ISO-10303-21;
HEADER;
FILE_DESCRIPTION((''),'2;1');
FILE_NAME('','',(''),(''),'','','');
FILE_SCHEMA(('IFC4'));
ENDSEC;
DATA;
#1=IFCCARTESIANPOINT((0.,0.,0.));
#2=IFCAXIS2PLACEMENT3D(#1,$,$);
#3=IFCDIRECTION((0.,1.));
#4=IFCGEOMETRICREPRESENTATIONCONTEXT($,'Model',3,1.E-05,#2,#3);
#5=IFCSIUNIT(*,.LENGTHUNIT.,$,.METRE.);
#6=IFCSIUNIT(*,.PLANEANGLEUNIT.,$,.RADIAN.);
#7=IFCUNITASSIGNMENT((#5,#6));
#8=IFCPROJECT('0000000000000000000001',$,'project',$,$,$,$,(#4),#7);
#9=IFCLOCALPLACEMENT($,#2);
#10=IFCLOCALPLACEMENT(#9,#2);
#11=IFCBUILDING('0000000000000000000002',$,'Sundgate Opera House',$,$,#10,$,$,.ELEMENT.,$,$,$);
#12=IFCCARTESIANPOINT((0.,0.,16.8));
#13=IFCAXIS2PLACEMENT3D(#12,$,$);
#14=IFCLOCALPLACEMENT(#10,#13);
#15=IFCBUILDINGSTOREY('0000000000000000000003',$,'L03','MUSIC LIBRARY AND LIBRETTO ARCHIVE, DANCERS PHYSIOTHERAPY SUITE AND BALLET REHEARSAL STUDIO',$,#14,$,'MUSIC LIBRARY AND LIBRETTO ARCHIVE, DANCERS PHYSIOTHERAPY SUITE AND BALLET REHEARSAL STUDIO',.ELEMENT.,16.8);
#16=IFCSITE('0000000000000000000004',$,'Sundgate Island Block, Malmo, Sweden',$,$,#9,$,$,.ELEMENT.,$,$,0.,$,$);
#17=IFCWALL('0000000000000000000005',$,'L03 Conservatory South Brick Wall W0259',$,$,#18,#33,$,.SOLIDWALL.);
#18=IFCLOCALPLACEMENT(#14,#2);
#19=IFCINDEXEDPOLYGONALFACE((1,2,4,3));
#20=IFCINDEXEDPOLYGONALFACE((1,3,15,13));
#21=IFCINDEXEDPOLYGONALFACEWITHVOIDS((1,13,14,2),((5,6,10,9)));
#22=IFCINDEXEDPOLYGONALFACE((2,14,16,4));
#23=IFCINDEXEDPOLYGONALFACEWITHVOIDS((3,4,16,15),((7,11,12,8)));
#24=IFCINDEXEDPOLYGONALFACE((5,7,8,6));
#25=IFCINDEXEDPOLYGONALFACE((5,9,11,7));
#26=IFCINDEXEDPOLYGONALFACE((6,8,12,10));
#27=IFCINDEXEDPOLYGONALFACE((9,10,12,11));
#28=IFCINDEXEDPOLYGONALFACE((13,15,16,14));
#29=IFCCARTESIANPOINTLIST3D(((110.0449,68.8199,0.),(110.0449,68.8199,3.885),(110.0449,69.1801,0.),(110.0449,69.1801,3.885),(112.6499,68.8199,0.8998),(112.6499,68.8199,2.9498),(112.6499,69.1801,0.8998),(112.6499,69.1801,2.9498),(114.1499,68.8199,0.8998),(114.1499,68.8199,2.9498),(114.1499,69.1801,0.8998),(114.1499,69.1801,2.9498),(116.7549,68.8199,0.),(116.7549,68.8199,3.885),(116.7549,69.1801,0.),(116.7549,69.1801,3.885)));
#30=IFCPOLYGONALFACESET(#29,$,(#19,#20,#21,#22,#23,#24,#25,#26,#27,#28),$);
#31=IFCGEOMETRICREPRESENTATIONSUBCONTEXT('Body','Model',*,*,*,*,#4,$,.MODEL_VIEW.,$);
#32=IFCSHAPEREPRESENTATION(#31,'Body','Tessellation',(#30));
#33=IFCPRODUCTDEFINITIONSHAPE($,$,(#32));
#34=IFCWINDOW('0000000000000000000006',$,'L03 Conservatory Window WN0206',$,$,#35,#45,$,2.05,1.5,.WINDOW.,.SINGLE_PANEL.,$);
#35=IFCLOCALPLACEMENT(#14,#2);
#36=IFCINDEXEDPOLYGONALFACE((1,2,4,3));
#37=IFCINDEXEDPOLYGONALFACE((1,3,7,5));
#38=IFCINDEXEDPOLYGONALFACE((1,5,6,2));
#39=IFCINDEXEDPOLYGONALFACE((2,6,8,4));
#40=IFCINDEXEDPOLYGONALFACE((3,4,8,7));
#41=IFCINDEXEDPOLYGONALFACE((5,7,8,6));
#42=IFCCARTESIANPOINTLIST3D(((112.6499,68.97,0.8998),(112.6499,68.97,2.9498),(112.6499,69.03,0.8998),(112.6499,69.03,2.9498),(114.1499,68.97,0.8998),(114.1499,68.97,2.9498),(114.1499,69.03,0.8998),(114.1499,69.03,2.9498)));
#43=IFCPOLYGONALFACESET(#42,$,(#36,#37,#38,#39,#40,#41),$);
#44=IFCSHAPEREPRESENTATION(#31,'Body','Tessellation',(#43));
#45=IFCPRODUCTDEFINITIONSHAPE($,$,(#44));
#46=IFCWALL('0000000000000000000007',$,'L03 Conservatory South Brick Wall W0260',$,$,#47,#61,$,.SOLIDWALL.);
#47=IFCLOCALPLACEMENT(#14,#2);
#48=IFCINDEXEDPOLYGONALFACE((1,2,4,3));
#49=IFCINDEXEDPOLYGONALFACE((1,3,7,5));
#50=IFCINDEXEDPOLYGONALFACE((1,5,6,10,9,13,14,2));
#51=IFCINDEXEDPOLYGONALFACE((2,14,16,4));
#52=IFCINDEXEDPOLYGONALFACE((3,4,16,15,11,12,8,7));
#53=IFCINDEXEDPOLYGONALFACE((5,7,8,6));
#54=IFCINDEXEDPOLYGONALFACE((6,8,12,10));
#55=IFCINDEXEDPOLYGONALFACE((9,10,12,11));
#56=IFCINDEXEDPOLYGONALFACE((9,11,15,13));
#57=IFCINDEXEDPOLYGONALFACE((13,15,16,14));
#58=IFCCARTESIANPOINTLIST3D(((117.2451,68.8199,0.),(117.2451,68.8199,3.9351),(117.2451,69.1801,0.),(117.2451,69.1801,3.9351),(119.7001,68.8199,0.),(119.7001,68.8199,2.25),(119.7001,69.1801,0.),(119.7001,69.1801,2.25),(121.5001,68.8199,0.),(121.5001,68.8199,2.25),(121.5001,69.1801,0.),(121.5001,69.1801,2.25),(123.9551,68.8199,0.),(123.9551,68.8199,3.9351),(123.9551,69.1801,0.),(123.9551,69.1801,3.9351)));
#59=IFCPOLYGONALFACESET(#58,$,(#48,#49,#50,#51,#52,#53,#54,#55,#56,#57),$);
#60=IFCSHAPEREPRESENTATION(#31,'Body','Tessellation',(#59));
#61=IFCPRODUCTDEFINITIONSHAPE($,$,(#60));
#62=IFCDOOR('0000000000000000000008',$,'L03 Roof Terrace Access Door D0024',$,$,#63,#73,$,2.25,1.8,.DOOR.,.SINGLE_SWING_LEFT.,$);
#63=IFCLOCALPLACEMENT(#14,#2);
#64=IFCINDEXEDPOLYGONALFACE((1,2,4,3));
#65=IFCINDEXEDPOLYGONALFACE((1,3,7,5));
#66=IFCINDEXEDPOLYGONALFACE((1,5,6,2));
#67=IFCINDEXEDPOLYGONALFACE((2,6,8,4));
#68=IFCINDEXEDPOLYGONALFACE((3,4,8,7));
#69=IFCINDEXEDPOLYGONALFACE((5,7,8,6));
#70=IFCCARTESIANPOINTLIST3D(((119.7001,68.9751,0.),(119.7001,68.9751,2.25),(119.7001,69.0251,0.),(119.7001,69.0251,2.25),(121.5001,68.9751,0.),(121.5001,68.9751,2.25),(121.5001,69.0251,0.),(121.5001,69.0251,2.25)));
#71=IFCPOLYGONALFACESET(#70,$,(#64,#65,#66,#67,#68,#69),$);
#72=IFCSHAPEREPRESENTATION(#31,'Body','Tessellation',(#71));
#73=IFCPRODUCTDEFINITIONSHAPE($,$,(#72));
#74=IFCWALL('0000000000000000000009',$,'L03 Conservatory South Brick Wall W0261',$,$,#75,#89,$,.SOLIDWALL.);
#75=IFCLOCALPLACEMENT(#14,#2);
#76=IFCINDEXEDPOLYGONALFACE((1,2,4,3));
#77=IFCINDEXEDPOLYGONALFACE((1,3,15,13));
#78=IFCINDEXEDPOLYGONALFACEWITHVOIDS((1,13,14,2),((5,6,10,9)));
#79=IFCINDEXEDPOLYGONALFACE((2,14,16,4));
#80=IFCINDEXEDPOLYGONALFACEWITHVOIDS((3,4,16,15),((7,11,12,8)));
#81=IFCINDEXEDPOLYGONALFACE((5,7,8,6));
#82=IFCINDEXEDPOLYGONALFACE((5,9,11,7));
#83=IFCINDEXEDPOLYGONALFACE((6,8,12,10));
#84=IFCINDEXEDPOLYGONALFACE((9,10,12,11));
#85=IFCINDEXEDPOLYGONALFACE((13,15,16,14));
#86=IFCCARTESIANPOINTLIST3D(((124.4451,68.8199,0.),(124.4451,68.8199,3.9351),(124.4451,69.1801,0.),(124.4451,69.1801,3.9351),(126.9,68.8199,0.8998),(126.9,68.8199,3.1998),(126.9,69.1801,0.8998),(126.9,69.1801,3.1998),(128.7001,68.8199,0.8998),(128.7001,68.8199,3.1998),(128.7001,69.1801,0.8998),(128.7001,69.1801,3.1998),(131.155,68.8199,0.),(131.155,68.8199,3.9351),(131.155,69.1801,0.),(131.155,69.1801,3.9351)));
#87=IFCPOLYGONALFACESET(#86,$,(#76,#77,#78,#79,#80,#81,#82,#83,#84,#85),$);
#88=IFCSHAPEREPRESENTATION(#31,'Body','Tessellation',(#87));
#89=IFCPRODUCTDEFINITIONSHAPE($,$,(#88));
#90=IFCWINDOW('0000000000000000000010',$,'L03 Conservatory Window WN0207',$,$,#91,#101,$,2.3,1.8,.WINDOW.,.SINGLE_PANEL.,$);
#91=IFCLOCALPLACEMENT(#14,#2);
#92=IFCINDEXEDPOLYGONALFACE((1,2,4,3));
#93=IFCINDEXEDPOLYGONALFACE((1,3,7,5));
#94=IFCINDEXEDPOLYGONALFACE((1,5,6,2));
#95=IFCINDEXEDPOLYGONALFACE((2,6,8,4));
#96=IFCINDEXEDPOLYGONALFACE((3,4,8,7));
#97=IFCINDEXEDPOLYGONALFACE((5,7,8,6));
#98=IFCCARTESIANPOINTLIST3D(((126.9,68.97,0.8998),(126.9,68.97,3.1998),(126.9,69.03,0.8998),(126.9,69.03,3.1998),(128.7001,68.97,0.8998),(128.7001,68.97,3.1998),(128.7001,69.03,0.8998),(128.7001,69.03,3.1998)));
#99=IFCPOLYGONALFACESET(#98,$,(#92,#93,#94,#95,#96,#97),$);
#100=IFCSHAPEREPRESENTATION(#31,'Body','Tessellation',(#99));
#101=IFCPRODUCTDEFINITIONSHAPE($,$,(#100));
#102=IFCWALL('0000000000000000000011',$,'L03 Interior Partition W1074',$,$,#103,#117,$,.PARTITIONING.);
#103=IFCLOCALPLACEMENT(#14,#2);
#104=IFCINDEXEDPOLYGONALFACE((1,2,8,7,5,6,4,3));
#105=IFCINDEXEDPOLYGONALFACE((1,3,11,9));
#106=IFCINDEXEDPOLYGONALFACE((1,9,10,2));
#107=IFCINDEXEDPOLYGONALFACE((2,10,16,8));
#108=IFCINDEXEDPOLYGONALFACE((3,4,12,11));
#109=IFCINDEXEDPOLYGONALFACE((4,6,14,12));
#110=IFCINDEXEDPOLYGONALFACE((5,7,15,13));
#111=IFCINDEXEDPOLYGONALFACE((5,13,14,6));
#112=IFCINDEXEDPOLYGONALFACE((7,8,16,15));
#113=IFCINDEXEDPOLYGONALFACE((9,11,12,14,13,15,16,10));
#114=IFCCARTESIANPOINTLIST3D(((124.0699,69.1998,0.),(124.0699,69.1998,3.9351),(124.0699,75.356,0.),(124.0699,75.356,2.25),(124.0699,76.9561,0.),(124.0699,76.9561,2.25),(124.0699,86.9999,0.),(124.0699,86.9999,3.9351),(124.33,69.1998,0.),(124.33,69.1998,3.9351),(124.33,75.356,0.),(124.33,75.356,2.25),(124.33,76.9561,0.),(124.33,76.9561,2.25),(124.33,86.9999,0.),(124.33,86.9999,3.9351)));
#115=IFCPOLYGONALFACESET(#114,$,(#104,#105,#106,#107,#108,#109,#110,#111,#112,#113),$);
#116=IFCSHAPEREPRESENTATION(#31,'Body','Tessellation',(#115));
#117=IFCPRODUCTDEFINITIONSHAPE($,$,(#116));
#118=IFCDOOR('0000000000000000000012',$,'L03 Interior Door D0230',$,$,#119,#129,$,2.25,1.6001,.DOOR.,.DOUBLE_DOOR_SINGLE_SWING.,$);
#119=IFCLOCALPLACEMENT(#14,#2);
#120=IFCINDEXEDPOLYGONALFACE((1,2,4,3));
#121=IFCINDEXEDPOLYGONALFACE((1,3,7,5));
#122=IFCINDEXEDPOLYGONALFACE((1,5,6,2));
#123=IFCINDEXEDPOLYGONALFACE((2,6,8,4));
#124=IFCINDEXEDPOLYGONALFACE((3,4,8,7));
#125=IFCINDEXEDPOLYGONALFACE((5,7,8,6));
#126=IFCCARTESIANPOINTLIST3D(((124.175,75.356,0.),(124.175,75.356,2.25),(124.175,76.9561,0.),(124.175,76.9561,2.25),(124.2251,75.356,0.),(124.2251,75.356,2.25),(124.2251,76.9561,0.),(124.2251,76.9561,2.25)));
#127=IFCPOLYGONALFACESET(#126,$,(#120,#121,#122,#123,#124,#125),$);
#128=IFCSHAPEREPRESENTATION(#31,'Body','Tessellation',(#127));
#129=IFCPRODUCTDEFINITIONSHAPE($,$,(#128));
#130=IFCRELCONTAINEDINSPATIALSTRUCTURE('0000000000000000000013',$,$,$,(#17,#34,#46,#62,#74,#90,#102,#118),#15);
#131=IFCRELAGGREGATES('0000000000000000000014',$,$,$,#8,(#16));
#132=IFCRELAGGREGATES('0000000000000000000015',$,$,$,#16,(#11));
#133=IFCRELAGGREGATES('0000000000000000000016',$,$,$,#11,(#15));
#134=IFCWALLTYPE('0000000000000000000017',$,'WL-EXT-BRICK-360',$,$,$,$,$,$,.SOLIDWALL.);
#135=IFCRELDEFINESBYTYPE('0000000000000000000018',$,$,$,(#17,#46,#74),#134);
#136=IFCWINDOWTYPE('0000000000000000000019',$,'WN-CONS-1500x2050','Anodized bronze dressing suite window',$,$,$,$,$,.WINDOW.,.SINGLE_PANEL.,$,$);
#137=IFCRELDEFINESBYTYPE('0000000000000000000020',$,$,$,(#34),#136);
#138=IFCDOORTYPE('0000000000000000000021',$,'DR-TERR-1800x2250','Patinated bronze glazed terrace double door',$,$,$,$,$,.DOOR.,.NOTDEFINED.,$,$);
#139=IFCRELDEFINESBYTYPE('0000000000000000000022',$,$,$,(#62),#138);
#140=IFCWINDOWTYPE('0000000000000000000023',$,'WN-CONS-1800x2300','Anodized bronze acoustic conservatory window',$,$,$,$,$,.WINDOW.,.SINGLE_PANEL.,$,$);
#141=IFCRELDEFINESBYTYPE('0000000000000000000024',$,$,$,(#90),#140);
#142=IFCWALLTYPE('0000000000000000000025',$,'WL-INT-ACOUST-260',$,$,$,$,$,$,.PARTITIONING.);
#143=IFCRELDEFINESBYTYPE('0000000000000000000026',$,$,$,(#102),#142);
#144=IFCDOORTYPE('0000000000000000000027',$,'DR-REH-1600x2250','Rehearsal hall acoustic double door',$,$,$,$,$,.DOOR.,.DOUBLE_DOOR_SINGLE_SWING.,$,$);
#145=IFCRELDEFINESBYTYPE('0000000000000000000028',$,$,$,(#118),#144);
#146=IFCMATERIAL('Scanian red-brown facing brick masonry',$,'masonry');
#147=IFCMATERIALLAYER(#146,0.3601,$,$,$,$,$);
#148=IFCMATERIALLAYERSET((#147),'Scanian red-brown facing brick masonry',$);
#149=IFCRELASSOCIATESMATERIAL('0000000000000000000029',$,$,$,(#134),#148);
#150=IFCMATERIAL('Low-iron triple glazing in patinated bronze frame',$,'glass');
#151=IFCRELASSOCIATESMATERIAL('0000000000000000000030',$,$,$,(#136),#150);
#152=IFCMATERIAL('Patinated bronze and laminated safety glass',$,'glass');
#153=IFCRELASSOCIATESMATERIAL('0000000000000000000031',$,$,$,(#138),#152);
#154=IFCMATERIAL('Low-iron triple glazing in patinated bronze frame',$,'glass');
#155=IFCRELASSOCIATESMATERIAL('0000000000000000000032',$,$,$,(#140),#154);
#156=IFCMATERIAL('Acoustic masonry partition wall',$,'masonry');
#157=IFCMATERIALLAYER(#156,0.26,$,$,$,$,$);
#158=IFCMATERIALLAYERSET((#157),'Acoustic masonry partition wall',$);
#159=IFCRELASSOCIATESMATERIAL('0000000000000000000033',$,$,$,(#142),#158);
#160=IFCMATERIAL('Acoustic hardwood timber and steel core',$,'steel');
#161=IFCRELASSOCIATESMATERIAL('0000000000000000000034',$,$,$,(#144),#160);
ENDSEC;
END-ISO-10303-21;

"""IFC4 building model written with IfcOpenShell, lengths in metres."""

from ifc_helpers import new_model, si_unit, direction, frame, frame_2d, origin, place, context, subcontext, project, spatial, rectangle, extrude, material, layer, layer_set, type_object, element, fill, save


model = new_model("IFC4")

# Units and contexts
model_context = context("Model", 3, precision=1e-05, world=origin(), true_north=direction((0.0, 1.0)))
body_context = subcontext(model_context, "Body", "Model", "MODEL_VIEW")
ifc_project = project(units=[si_unit("LENGTHUNIT", "METRE"), si_unit("PLANEANGLEUNIT", "RADIAN")], contexts=[model_context])

# Site, building, storey
site_placement = place(None, origin())
site = spatial("IfcSite", under=ifc_project, at=site_placement, Name="Sundgate Island Block, Malmo, Sweden", CompositionType="ELEMENT", RefElevation=0.0)
building_placement = place(site_placement, origin())
building = spatial("IfcBuilding", under=site, at=building_placement, Name="Sundgate Opera House", CompositionType="ELEMENT")
storey_placement = place(building_placement, frame((0.0, 0.0, 16.8)))
storey = spatial("IfcBuildingStorey", under=building, at=storey_placement, Name="L03", Description="MUSIC LIBRARY AND LIBRETTO ARCHIVE, DANCERS PHYSIOTHERAPY SUITE AND BALLET REHEARSAL STUDIO", LongName="MUSIC LIBRARY AND LIBRETTO ARCHIVE, DANCERS PHYSIOTHERAPY SUITE AND BALLET REHEARSAL STUDIO", CompositionType="ELEMENT", Elevation=16.8)

# Wall, opening, window
ifc_material_1 = material(Name="Scanian red-brown facing brick masonry", Category="masonry")
ifc_layer_1 = layer(ifc_material_1, 0.3601)
ifc_layer_set_1 = layer_set([ifc_layer_1], Name="Scanian red-brown facing brick masonry")
wall_type_1 = type_object("IfcWallType", Name="WL-EXT-BRICK-360", PredefinedType="SOLIDWALL", material=ifc_layer_set_1)
wall_1_placement = place(storey_placement, frame((116.7549, 69.0, 0.0), z_axis=(0.0, 0.0, 1.0), x_axis=(-1.0, 0.0, 0.0)))
wall_1 = element("IfcWall", 1, at=wall_1_placement, inside=storey, type_object=wall_type_1, Name="L03 Conservatory South Brick Wall W0259", PredefinedType="SOLIDWALL", context=body_context, shape_type="SweptSolid", body=[
    extrude(rectangle(XDim=6.71, YDim=0.3601, at=frame_2d((3.355, 0.0))), origin(), (0.0, 0.0, 1.0), 3.885),
])
opening_1_placement = place(wall_1_placement, frame((2.605, 0.0, 0.8999)))
opening_1 = element("IfcOpeningElement", 2, at=opening_1_placement, cuts=wall_1, PredefinedType="OPENING", context=body_context, shape_type="SweptSolid", body=[
    extrude(rectangle(XDim=1.5, YDim=2.05, at=frame_2d((0.75, 1.0249))), frame((0.0, 0.1899, 0.0), z_axis=(0.0, -1.0, 0.0), x_axis=(1.0, 0.0, 0.0)), (0.0, 0.0, 1.0), 0.3801),
])
ifc_material_2 = material(Name="Low-iron triple glazing in patinated bronze frame", Category="glass")
window_type_1 = type_object("IfcWindowType", Name="WN-CONS-1500x2050", Description="Anodized bronze dressing suite window", PartitioningType="SINGLE_PANEL", PredefinedType="WINDOW", material=ifc_material_2)
window_1_placement = place(opening_1_placement, origin())
window_1 = element("IfcWindow", 3, at=window_1_placement, inside=storey, type_object=window_type_1, Name="L03 Conservatory Window WN0206", OverallHeight=2.05, OverallWidth=1.5, PartitioningType="SINGLE_PANEL", PredefinedType="WINDOW", context=body_context, shape_type="SweptSolid", body=[
    extrude(rectangle(XDim=1.5, YDim=2.05, at=frame_2d((0.75, 1.0249))), frame((0.0, 0.03, 0.0), z_axis=(0.0, -1.0, 0.0), x_axis=(1.0, 0.0, 0.0)), (0.0, 0.0, 1.0), 0.0601),
])
fill(opening_1, window_1)

# Wall, opening, door
wall_2_placement = place(storey_placement, frame((123.9551, 69.0, 0.0), z_axis=(0.0, 0.0, 1.0), x_axis=(-1.0, 0.0, 0.0)))
wall_2 = element("IfcWall", 4, at=wall_2_placement, inside=storey, type_object=wall_type_1, Name="L03 Conservatory South Brick Wall W0260", PredefinedType="SOLIDWALL", context=body_context, shape_type="SweptSolid", body=[
    extrude(rectangle(XDim=6.71, YDim=0.3601, at=frame_2d((3.355, 0.0))), origin(), (0.0, 0.0, 1.0), 3.9351),
])
opening_2_placement = place(wall_2_placement, frame((2.4551, 0.0, 0.0)))
opening_2 = element("IfcOpeningElement", 5, at=opening_2_placement, cuts=wall_2, PredefinedType="OPENING", context=body_context, shape_type="SweptSolid", body=[
    extrude(rectangle(XDim=1.8, YDim=2.25, at=frame_2d((0.8999, 1.125))), frame((0.0, 0.1899, 0.0), z_axis=(0.0, -1.0, 0.0), x_axis=(1.0, 0.0, 0.0)), (0.0, 0.0, 1.0), 0.3801),
])
ifc_material_3 = material(Name="Patinated bronze and laminated safety glass", Category="glass")
door_type_1 = type_object("IfcDoorType", Name="DR-TERR-1800x2250", Description="Patinated bronze glazed terrace double door", OperationType="NOTDEFINED", PredefinedType="DOOR", material=ifc_material_3)
door_1_placement = place(opening_2_placement, origin())
door_1 = element("IfcDoor", 6, at=door_1_placement, inside=storey, type_object=door_type_1, Name="L03 Roof Terrace Access Door D0024", OperationType="SINGLE_SWING_LEFT", OverallHeight=2.25, OverallWidth=1.8, PredefinedType="DOOR", context=body_context, shape_type="SweptSolid", body=[
    extrude(rectangle(XDim=1.8, YDim=2.25, at=frame_2d((0.8999, 1.125))), frame((0.0, 0.0249, 0.0), z_axis=(0.0, -1.0, 0.0), x_axis=(1.0, 0.0, 0.0)), (0.0, 0.0, 1.0), 0.05),
])
fill(opening_2, door_1)

# Wall, opening, window
wall_3_placement = place(storey_placement, frame((131.155, 69.0, 0.0), z_axis=(0.0, 0.0, 1.0), x_axis=(-1.0, 0.0, 0.0)))
wall_3 = element("IfcWall", 7, at=wall_3_placement, inside=storey, type_object=wall_type_1, Name="L03 Conservatory South Brick Wall W0261", PredefinedType="SOLIDWALL", context=body_context, shape_type="SweptSolid", body=[
    extrude(rectangle(XDim=6.71, YDim=0.3601, at=frame_2d((3.355, 0.0))), origin(), (0.0, 0.0, 1.0), 3.9351),
])
opening_3_placement = place(wall_3_placement, frame((2.4551, 0.0, 0.8999)))
opening_3 = element("IfcOpeningElement", 8, at=opening_3_placement, cuts=wall_3, PredefinedType="OPENING", context=body_context, shape_type="SweptSolid", body=[
    extrude(rectangle(XDim=1.8, YDim=2.3, at=frame_2d((0.8999, 1.1499))), frame((0.0, 0.1899, 0.0), z_axis=(0.0, -1.0, 0.0), x_axis=(1.0, 0.0, 0.0)), (0.0, 0.0, 1.0), 0.3801),
])
ifc_material_4 = material(Name="Low-iron triple glazing in patinated bronze frame", Category="glass")
window_type_2 = type_object("IfcWindowType", Name="WN-CONS-1800x2300", Description="Anodized bronze acoustic conservatory window", PartitioningType="SINGLE_PANEL", PredefinedType="WINDOW", material=ifc_material_4)
window_2_placement = place(opening_3_placement, origin())
window_2 = element("IfcWindow", 9, at=window_2_placement, inside=storey, type_object=window_type_2, Name="L03 Conservatory Window WN0207", OverallHeight=2.3, OverallWidth=1.8, PartitioningType="SINGLE_PANEL", PredefinedType="WINDOW", context=body_context, shape_type="SweptSolid", body=[
    extrude(rectangle(XDim=1.8, YDim=2.3, at=frame_2d((0.8999, 1.1499))), frame((0.0, 0.03, 0.0), z_axis=(0.0, -1.0, 0.0), x_axis=(1.0, 0.0, 0.0)), (0.0, 0.0, 1.0), 0.0601),
])
fill(opening_3, window_2)

# Wall, opening, door
ifc_material_5 = material(Name="Acoustic masonry partition wall", Category="masonry")
ifc_layer_2 = layer(ifc_material_5, 0.26)
ifc_layer_set_2 = layer_set([ifc_layer_2], Name="Acoustic masonry partition wall")
wall_type_2 = type_object("IfcWallType", Name="WL-INT-ACOUST-260", PredefinedType="PARTITIONING", material=ifc_layer_set_2)
wall_4_placement = place(storey_placement, frame((124.2, 69.2, 0.0), z_axis=(0.0, 0.0, 1.0), x_axis=(0.0, 1.0, 0.0)))
wall_4 = element("IfcWall", 10, at=wall_4_placement, inside=storey, type_object=wall_type_2, Name="L03 Interior Partition W1074", PredefinedType="PARTITIONING", context=body_context, shape_type="SweptSolid", body=[
    extrude(rectangle(XDim=17.8, YDim=0.26, at=frame_2d((8.8999, 0.0))), origin(), (0.0, 0.0, 1.0), 3.9351),
])
opening_4_placement = place(wall_4_placement, frame((6.156, 0.0, 0.0)))
opening_4 = element("IfcOpeningElement", 11, at=opening_4_placement, cuts=wall_4, PredefinedType="OPENING", context=body_context, shape_type="SweptSolid", body=[
    extrude(rectangle(XDim=1.6001, YDim=2.25, at=frame_2d((0.8, 1.125))), frame((0.0, 0.1399, 0.0), z_axis=(0.0, -1.0, 0.0), x_axis=(1.0, 0.0, 0.0)), (0.0, 0.0, 1.0), 0.28),
])
ifc_material_6 = material(Name="Acoustic hardwood timber and steel core", Category="steel")
door_type_2 = type_object("IfcDoorType", Name="DR-REH-1600x2250", Description="Rehearsal hall acoustic double door", OperationType="DOUBLE_DOOR_SINGLE_SWING", PredefinedType="DOOR", material=ifc_material_6)
door_2_placement = place(opening_4_placement, origin())
door_2 = element("IfcDoor", 12, at=door_2_placement, inside=storey, type_object=door_type_2, Name="L03 Interior Door D0230", OperationType="DOUBLE_DOOR_SINGLE_SWING", OverallHeight=2.25, OverallWidth=1.6001, PredefinedType="DOOR", context=body_context, shape_type="SweptSolid", body=[
    extrude(rectangle(XDim=1.6001, YDim=2.25, at=frame_2d((0.8, 1.125))), frame((0.0, 0.0249, 0.0), z_axis=(0.0, -1.0, 0.0), x_axis=(1.0, 0.0, 0.0)), (0.0, 0.0, 1.0), 0.05),
])
fill(opening_4, door_2)

save(model, "model.ifc")
